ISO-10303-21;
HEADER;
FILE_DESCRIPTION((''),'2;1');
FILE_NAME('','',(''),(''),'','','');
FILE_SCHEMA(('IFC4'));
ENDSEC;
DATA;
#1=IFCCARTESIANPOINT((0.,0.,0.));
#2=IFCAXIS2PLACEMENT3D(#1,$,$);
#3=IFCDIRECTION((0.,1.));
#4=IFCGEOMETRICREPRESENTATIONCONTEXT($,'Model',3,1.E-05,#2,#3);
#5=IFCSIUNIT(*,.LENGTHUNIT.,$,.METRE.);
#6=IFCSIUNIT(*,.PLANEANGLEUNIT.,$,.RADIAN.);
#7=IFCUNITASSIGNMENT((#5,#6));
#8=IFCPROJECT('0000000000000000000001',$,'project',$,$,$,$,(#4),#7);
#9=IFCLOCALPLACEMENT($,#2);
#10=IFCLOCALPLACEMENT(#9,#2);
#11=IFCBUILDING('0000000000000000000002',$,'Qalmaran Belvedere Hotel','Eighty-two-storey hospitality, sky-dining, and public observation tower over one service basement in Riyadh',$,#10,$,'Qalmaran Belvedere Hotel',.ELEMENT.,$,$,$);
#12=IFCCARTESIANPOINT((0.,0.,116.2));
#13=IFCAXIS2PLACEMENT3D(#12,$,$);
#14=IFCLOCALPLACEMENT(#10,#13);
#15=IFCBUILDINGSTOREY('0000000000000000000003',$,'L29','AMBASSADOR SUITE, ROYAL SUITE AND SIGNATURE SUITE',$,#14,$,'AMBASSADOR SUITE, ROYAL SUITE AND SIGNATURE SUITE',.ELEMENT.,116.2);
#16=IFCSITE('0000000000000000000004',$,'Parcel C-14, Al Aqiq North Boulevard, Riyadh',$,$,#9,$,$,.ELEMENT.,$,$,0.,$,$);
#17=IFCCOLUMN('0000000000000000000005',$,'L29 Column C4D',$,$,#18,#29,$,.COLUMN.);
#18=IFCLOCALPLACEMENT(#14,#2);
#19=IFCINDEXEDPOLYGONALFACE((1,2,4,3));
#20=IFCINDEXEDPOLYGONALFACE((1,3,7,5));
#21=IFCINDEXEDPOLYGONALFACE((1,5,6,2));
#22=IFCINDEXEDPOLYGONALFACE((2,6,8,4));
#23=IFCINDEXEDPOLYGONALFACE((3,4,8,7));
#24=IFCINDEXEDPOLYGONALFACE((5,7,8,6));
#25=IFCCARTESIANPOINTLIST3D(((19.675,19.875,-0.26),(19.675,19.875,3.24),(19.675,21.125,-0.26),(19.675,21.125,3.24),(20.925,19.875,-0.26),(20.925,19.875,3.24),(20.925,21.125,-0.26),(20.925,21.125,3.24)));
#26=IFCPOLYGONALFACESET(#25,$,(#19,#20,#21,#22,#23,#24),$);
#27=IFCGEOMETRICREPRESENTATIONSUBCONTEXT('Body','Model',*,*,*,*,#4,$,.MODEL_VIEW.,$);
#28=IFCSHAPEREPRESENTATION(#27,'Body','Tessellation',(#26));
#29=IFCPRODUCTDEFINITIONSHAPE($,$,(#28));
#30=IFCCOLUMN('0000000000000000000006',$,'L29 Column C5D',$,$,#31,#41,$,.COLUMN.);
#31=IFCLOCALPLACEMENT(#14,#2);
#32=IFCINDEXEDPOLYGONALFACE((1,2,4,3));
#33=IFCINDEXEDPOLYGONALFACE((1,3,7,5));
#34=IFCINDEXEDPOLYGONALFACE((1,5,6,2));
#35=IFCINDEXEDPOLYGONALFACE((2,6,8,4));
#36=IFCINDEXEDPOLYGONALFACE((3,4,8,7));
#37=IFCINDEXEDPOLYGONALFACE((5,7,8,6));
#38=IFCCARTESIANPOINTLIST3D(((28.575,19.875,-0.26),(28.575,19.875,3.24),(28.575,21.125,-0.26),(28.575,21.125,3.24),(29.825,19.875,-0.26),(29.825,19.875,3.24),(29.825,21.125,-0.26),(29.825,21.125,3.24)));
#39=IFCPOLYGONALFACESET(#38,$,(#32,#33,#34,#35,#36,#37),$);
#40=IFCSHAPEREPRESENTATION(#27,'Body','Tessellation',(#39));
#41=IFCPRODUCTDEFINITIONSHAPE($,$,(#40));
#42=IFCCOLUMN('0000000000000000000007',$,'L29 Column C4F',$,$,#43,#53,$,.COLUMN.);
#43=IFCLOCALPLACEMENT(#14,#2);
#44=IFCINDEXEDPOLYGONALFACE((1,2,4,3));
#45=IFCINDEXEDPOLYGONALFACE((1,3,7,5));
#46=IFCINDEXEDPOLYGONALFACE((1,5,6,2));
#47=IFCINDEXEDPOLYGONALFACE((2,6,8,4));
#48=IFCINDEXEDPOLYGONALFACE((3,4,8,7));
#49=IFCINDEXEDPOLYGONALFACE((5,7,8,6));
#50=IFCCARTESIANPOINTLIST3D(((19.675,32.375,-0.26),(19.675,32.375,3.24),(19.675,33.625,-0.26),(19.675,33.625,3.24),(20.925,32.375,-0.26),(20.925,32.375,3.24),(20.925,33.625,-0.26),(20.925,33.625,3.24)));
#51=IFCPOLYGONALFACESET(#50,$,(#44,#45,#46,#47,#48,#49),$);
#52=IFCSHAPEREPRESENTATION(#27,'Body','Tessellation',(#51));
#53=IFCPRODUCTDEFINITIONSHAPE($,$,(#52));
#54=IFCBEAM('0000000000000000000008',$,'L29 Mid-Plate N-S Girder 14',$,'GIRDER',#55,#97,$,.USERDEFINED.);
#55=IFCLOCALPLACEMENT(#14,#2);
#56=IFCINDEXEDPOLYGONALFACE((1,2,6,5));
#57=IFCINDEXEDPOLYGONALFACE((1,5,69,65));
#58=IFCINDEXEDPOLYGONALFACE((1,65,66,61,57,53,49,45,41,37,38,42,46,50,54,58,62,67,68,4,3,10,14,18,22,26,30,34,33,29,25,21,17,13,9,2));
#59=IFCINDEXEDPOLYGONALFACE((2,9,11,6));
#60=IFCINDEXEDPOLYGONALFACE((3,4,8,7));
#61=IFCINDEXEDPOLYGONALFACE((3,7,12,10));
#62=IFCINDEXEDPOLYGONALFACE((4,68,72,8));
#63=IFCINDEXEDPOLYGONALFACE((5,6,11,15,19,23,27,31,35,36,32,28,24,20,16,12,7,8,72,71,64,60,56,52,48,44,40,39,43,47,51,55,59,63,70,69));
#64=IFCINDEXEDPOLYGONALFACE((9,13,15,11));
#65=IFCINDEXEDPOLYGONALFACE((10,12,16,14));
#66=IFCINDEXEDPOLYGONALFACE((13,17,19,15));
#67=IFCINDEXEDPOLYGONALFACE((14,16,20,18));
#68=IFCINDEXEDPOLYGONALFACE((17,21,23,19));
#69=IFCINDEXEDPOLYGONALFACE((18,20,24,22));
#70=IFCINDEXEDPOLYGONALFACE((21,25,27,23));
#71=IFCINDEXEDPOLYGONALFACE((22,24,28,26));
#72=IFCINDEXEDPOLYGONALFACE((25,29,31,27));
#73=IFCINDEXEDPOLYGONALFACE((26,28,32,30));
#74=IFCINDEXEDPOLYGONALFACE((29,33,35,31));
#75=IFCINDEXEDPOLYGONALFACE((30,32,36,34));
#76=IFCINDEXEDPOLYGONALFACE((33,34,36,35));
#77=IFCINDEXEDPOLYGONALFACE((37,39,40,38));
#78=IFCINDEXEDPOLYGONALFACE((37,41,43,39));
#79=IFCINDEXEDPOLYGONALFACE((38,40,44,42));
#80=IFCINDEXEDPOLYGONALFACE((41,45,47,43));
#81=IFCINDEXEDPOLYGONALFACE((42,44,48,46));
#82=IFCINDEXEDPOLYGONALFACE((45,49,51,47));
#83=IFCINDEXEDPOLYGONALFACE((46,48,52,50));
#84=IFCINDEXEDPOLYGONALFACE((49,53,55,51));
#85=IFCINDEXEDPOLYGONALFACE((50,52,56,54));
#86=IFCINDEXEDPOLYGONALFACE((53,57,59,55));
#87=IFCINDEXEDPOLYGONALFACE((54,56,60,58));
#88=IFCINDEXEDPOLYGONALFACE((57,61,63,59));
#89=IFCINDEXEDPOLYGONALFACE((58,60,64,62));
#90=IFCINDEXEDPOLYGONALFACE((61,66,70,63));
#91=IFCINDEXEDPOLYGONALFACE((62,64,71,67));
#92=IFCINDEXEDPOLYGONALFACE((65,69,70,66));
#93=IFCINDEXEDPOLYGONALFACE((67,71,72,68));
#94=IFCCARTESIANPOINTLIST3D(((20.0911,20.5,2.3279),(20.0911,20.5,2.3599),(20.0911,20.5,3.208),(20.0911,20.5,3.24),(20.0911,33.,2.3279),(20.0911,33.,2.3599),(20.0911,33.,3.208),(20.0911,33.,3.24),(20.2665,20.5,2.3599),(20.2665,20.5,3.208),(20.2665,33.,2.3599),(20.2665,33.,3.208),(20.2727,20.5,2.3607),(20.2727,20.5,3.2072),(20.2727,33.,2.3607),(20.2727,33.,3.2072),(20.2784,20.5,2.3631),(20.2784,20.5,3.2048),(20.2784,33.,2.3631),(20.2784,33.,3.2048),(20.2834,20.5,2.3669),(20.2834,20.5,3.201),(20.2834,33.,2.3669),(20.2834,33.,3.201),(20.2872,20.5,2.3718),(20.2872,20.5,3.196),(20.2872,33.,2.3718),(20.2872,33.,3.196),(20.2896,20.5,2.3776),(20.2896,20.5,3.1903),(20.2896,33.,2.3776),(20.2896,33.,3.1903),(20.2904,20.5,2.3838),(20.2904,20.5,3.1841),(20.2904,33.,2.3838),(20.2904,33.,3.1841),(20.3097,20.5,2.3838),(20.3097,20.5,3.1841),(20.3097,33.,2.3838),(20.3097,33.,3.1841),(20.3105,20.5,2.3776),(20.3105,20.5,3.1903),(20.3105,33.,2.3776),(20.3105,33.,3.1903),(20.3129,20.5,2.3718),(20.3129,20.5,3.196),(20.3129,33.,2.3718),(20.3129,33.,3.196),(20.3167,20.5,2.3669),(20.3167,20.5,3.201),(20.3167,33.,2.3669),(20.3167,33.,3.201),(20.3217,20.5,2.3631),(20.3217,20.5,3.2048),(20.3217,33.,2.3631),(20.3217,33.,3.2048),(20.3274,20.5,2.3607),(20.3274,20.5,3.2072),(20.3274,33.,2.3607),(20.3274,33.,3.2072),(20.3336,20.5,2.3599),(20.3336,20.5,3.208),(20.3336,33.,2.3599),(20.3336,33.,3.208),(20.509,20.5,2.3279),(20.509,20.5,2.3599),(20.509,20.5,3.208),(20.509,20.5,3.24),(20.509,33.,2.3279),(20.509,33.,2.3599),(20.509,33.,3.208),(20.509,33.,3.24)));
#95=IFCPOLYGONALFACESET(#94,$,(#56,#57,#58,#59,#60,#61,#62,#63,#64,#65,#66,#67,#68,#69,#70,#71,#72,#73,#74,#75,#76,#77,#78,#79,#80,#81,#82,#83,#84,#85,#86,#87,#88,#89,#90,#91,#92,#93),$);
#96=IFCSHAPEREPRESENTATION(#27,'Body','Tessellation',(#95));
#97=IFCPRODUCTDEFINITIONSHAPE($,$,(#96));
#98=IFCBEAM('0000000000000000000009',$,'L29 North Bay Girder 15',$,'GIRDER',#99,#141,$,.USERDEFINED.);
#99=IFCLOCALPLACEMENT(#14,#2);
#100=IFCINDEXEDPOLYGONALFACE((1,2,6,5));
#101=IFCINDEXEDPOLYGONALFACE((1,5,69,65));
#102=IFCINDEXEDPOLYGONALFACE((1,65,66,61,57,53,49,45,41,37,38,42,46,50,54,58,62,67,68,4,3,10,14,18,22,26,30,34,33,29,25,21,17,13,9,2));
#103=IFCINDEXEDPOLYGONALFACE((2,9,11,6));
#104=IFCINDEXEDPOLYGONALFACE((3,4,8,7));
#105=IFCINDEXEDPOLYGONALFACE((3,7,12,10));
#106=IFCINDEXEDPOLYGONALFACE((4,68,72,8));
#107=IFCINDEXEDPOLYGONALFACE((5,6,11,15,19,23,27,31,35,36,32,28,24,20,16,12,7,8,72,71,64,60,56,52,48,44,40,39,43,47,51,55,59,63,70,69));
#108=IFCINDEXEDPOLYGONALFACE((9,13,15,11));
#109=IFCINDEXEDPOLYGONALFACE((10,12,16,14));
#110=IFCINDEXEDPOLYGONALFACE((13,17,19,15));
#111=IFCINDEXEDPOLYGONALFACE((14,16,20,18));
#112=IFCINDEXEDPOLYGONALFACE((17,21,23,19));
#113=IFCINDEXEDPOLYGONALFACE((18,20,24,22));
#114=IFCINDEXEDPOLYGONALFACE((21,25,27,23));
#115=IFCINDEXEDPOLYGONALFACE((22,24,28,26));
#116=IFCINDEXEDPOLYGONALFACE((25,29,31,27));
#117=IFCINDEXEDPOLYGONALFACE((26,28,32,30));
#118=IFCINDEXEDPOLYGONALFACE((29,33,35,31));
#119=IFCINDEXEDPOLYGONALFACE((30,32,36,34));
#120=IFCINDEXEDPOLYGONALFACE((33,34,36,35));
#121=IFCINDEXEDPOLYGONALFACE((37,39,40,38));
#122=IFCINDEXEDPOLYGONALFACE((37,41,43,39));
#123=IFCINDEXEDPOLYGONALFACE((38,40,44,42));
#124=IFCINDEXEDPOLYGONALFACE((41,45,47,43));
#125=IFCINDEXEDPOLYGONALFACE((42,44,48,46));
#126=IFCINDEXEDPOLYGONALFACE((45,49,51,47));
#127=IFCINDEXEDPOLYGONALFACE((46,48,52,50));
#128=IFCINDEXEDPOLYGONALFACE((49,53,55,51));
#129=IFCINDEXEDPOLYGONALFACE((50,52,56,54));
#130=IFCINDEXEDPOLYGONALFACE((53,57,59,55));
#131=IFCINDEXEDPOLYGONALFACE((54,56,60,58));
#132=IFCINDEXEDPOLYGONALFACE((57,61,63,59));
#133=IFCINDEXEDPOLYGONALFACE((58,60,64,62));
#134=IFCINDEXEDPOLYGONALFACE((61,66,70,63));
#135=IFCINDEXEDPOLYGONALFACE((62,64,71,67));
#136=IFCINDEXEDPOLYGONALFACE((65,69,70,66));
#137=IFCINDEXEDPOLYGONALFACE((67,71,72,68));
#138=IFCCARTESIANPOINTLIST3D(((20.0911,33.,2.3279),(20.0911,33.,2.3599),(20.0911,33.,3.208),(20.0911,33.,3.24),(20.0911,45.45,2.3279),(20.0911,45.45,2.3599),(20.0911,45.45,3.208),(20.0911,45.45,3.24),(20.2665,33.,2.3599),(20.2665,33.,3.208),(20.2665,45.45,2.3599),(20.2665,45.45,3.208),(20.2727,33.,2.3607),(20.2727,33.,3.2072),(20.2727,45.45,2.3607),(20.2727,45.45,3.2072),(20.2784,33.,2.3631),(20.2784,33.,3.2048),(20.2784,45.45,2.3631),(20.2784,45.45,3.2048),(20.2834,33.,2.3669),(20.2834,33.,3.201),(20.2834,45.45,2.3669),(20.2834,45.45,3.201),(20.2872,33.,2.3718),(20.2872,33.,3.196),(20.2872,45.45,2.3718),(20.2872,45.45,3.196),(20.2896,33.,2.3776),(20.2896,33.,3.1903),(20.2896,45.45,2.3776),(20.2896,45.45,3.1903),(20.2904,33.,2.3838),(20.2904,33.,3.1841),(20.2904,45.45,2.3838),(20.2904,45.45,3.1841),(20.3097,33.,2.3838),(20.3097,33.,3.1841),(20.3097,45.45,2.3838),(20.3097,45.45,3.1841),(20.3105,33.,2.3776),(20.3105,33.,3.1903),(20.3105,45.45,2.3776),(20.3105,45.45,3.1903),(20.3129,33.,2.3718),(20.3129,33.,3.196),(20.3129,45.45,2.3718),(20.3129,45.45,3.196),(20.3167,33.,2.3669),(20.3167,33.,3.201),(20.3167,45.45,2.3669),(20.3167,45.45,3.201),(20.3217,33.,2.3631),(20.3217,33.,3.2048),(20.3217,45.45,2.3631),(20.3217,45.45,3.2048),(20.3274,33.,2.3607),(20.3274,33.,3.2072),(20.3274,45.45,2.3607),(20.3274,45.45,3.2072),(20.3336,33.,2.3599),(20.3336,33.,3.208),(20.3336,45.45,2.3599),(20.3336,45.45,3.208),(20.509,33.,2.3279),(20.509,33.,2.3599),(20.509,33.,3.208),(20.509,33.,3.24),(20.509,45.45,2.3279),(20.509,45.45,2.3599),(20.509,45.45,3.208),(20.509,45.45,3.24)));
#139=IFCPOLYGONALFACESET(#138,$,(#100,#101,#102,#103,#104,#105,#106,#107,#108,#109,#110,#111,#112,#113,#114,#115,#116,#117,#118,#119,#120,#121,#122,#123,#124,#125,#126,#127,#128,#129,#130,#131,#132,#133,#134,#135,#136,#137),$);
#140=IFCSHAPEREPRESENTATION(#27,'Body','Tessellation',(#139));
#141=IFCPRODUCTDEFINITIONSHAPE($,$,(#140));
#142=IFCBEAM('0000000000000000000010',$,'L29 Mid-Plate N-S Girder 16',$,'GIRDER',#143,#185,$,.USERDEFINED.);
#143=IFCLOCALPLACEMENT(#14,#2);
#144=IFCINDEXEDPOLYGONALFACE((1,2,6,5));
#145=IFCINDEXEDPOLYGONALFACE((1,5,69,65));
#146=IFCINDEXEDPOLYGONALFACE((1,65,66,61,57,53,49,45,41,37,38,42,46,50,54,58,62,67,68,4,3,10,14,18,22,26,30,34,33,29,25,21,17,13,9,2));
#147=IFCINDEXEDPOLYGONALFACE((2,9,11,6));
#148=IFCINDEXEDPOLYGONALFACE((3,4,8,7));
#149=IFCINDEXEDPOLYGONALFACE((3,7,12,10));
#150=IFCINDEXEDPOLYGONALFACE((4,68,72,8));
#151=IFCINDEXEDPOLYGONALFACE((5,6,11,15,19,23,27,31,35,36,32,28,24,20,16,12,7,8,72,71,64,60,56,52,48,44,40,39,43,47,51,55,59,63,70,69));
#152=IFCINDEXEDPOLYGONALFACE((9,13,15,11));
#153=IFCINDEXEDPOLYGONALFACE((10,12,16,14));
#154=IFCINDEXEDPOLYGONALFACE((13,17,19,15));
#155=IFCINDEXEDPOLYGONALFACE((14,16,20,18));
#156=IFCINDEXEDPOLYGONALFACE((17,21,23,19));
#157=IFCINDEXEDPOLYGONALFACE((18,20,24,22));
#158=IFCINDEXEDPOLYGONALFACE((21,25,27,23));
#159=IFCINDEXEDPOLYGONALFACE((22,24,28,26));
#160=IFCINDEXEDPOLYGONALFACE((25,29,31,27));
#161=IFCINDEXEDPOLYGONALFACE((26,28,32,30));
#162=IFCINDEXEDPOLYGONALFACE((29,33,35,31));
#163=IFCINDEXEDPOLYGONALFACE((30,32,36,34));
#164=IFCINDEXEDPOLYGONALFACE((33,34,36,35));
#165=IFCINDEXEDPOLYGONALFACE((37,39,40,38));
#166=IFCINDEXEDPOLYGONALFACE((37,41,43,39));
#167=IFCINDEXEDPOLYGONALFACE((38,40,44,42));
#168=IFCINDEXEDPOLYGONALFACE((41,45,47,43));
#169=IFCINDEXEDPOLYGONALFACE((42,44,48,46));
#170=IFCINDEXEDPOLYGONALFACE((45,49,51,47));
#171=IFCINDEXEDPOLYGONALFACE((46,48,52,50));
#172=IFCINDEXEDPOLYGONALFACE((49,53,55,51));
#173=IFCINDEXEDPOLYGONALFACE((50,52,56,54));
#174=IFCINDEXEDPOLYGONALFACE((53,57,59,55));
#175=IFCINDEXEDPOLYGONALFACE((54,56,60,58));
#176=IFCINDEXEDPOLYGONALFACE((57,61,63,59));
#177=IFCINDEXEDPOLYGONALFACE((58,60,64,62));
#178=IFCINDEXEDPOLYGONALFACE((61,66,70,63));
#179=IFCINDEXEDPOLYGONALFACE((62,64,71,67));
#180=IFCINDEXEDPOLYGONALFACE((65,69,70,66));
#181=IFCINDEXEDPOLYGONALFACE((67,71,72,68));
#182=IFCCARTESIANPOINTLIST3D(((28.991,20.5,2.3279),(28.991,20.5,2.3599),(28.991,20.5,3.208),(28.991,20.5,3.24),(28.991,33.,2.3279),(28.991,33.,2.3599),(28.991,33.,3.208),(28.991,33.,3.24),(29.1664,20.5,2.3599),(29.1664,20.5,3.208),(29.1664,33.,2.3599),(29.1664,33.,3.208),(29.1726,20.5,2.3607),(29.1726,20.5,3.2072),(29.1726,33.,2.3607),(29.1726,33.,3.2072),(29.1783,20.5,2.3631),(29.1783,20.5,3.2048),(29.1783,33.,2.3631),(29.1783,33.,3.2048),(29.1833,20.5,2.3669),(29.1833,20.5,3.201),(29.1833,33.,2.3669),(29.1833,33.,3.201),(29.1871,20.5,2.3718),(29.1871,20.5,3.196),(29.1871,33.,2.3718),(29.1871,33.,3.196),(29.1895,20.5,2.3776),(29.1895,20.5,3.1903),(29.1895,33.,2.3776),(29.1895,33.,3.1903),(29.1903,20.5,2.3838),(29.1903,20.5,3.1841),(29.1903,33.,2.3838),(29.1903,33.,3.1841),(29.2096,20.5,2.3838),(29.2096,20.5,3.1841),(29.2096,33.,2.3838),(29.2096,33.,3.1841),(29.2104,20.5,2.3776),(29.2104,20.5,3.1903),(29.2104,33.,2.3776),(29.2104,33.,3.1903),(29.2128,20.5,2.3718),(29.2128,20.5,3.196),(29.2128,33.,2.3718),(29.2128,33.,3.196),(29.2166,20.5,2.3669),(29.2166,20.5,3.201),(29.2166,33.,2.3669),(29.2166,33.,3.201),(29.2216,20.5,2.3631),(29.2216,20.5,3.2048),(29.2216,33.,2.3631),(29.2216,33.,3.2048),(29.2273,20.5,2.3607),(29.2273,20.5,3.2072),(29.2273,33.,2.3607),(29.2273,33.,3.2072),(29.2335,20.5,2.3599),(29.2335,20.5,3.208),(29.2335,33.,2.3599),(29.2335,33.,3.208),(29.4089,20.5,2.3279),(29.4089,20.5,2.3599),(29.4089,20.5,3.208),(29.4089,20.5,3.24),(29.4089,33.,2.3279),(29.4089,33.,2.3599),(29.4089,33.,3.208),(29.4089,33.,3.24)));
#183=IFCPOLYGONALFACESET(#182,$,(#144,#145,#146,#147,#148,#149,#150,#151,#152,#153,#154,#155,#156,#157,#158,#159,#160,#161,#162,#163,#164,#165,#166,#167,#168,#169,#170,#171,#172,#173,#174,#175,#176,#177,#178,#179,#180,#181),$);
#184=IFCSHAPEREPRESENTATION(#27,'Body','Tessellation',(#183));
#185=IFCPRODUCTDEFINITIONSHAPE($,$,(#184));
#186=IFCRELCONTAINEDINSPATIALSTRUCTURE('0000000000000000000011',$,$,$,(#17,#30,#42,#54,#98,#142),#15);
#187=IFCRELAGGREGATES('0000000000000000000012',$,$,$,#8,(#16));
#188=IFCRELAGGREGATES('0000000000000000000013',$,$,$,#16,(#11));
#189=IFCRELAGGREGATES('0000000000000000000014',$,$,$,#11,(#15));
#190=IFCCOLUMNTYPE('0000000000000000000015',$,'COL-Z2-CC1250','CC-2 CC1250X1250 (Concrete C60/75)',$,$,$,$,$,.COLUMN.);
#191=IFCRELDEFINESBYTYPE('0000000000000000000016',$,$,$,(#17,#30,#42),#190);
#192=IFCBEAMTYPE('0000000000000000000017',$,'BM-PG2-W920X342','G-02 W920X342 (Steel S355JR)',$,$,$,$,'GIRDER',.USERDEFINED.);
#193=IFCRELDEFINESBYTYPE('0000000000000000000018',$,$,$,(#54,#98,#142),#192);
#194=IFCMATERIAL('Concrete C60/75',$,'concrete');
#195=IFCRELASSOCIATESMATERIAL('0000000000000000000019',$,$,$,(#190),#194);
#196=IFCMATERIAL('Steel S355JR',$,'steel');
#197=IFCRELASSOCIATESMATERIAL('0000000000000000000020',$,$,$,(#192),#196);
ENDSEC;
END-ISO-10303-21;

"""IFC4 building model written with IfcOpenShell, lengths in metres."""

from ifc_helpers import new_model, si_unit, direction, frame, origin, origin_2d, place, context, subcontext, project, spatial, rectangle, i_section, extrude, material, material_profile, profile_set, type_object, element, save


model = new_model("IFC4")

# Units and contexts
model_context = context("Model", 3, precision=1e-05, world=origin(), true_north=direction((0.0, 1.0)))
body_context = subcontext(model_context, "Body", "Model", "MODEL_VIEW")
ifc_project = project(units=[si_unit("LENGTHUNIT", "METRE"), si_unit("PLANEANGLEUNIT", "RADIAN")], contexts=[model_context])

# Site, building, storey
site_placement = place(None, origin())
site = spatial("IfcSite", under=ifc_project, at=site_placement, Name="Parcel C-14, Al Aqiq North Boulevard, Riyadh", CompositionType="ELEMENT", RefElevation=0.0)
building_placement = place(site_placement, origin())
building = spatial("IfcBuilding", under=site, at=building_placement, Name="Qalmaran Belvedere Hotel", Description="Eighty-two-storey hospitality, sky-dining, and public observation tower over one service basement in Riyadh", LongName="Qalmaran Belvedere Hotel", CompositionType="ELEMENT")
storey_placement = place(building_placement, frame((0.0, 0.0, 116.2)))
storey = spatial("IfcBuildingStorey", under=building, at=storey_placement, Name="L29", Description="AMBASSADOR SUITE, ROYAL SUITE AND SIGNATURE SUITE", LongName="AMBASSADOR SUITE, ROYAL SUITE AND SIGNATURE SUITE", CompositionType="ELEMENT", Elevation=116.2)

# Columns
ifc_material_1 = material(Name="Concrete C60/75", Category="concrete")
ifc_material_profile_1 = material_profile(ifc_material_1, rectangle(XDim=1.25, YDim=1.25, at=origin_2d()), Name="CC1250X1250")
ifc_profile_set_1 = profile_set([ifc_material_profile_1], Name="Concrete C60/75")
column_type = type_object("IfcColumnType", Name="COL-Z2-CC1250", Description="CC-2 CC1250X1250 (Concrete C60/75)", PredefinedType="COLUMN", material=ifc_profile_set_1)
for number, where, z_axis, x_axis, name in (
    (1, (20.3, 20.5, -0.26), (0.0, 0.0, 1.0), (1.0, 0.0, 0.0), "L29 Column C4D"),
    (2, (29.2, 20.5, -0.26), (0.0, 0.0, 1.0), (1.0, 0.0, 0.0), "L29 Column C5D"),
    (3, (20.3, 33.0, -0.26), (0.0, 0.0, 1.0), (1.0, 0.0, 0.0), "L29 Column C4F"),
):
    element("IfcColumn", number, at=place(storey_placement, frame(where, z_axis=z_axis, x_axis=x_axis)), inside=storey, type_object=column_type, Name=name, PredefinedType="COLUMN", context=body_context, shape_type="SweptSolid", body=[
        extrude(rectangle(XDim=1.25, YDim=1.25, at=origin_2d()), origin(), (0.0, 0.0, 1.0), 3.5),
    ])

# Beams
ifc_material_2 = material(Name="Steel S355JR", Category="steel")
ifc_material_profile_2 = material_profile(ifc_material_2, i_section(OverallWidth=0.418, OverallDepth=0.9121, WebThickness=0.0193, FlangeThickness=0.032, FilletRadius=0.0239, at=origin_2d()), Name="W920X342")
ifc_profile_set_2 = profile_set([ifc_material_profile_2], Name="Steel S355JR")
beam_type_1 = type_object("IfcBeamType", Name="BM-PG2-W920X342", Description="G-02 W920X342 (Steel S355JR)", ElementType="GIRDER", PredefinedType="USERDEFINED", material=ifc_profile_set_2)
beam_1_placement = place(storey_placement, frame((20.3, 20.5, 2.7839), z_axis=(0.0, 1.0, 0.0), x_axis=(-1.0, 0.0, 0.0)))
element("IfcBeam", 4, at=beam_1_placement, inside=storey, type_object=beam_type_1, Name="L29 Mid-Plate N-S Girder 14", ObjectType="GIRDER", PredefinedType="USERDEFINED", context=body_context, shape_type="SweptSolid", body=[
    extrude(i_section(OverallWidth=0.418, OverallDepth=0.9121, WebThickness=0.0193, FlangeThickness=0.032, FilletRadius=0.0239, at=origin_2d()), origin(), (0.0, 0.0, 1.0), 12.5),
])
beam_2_placement = place(storey_placement, frame((20.3, 33.0, 2.7839), z_axis=(0.0, 1.0, 0.0), x_axis=(-1.0, 0.0, 0.0)))
element("IfcBeam", 5, at=beam_2_placement, inside=storey, type_object=beam_type_1, Name="L29 North Bay Girder 15", ObjectType="GIRDER", PredefinedType="USERDEFINED", context=body_context, shape_type="SweptSolid", body=[
    extrude(i_section(OverallWidth=0.418, OverallDepth=0.9121, WebThickness=0.0193, FlangeThickness=0.032, FilletRadius=0.0239, at=origin_2d()), origin(), (0.0, 0.0, 1.0), 12.45),
])
beam_3_placement = place(storey_placement, frame((29.2, 20.5, 2.7839), z_axis=(0.0, 1.0, 0.0), x_axis=(-1.0, 0.0, 0.0)))
element("IfcBeam", 6, at=beam_3_placement, inside=storey, type_object=beam_type_1, Name="L29 Mid-Plate N-S Girder 16", ObjectType="GIRDER", PredefinedType="USERDEFINED", context=body_context, shape_type="SweptSolid", body=[
    extrude(i_section(OverallWidth=0.418, OverallDepth=0.9121, WebThickness=0.0193, FlangeThickness=0.032, FilletRadius=0.0239, at=origin_2d()), origin(), (0.0, 0.0, 1.0), 12.5),
])

save(model, "model.ifc")
